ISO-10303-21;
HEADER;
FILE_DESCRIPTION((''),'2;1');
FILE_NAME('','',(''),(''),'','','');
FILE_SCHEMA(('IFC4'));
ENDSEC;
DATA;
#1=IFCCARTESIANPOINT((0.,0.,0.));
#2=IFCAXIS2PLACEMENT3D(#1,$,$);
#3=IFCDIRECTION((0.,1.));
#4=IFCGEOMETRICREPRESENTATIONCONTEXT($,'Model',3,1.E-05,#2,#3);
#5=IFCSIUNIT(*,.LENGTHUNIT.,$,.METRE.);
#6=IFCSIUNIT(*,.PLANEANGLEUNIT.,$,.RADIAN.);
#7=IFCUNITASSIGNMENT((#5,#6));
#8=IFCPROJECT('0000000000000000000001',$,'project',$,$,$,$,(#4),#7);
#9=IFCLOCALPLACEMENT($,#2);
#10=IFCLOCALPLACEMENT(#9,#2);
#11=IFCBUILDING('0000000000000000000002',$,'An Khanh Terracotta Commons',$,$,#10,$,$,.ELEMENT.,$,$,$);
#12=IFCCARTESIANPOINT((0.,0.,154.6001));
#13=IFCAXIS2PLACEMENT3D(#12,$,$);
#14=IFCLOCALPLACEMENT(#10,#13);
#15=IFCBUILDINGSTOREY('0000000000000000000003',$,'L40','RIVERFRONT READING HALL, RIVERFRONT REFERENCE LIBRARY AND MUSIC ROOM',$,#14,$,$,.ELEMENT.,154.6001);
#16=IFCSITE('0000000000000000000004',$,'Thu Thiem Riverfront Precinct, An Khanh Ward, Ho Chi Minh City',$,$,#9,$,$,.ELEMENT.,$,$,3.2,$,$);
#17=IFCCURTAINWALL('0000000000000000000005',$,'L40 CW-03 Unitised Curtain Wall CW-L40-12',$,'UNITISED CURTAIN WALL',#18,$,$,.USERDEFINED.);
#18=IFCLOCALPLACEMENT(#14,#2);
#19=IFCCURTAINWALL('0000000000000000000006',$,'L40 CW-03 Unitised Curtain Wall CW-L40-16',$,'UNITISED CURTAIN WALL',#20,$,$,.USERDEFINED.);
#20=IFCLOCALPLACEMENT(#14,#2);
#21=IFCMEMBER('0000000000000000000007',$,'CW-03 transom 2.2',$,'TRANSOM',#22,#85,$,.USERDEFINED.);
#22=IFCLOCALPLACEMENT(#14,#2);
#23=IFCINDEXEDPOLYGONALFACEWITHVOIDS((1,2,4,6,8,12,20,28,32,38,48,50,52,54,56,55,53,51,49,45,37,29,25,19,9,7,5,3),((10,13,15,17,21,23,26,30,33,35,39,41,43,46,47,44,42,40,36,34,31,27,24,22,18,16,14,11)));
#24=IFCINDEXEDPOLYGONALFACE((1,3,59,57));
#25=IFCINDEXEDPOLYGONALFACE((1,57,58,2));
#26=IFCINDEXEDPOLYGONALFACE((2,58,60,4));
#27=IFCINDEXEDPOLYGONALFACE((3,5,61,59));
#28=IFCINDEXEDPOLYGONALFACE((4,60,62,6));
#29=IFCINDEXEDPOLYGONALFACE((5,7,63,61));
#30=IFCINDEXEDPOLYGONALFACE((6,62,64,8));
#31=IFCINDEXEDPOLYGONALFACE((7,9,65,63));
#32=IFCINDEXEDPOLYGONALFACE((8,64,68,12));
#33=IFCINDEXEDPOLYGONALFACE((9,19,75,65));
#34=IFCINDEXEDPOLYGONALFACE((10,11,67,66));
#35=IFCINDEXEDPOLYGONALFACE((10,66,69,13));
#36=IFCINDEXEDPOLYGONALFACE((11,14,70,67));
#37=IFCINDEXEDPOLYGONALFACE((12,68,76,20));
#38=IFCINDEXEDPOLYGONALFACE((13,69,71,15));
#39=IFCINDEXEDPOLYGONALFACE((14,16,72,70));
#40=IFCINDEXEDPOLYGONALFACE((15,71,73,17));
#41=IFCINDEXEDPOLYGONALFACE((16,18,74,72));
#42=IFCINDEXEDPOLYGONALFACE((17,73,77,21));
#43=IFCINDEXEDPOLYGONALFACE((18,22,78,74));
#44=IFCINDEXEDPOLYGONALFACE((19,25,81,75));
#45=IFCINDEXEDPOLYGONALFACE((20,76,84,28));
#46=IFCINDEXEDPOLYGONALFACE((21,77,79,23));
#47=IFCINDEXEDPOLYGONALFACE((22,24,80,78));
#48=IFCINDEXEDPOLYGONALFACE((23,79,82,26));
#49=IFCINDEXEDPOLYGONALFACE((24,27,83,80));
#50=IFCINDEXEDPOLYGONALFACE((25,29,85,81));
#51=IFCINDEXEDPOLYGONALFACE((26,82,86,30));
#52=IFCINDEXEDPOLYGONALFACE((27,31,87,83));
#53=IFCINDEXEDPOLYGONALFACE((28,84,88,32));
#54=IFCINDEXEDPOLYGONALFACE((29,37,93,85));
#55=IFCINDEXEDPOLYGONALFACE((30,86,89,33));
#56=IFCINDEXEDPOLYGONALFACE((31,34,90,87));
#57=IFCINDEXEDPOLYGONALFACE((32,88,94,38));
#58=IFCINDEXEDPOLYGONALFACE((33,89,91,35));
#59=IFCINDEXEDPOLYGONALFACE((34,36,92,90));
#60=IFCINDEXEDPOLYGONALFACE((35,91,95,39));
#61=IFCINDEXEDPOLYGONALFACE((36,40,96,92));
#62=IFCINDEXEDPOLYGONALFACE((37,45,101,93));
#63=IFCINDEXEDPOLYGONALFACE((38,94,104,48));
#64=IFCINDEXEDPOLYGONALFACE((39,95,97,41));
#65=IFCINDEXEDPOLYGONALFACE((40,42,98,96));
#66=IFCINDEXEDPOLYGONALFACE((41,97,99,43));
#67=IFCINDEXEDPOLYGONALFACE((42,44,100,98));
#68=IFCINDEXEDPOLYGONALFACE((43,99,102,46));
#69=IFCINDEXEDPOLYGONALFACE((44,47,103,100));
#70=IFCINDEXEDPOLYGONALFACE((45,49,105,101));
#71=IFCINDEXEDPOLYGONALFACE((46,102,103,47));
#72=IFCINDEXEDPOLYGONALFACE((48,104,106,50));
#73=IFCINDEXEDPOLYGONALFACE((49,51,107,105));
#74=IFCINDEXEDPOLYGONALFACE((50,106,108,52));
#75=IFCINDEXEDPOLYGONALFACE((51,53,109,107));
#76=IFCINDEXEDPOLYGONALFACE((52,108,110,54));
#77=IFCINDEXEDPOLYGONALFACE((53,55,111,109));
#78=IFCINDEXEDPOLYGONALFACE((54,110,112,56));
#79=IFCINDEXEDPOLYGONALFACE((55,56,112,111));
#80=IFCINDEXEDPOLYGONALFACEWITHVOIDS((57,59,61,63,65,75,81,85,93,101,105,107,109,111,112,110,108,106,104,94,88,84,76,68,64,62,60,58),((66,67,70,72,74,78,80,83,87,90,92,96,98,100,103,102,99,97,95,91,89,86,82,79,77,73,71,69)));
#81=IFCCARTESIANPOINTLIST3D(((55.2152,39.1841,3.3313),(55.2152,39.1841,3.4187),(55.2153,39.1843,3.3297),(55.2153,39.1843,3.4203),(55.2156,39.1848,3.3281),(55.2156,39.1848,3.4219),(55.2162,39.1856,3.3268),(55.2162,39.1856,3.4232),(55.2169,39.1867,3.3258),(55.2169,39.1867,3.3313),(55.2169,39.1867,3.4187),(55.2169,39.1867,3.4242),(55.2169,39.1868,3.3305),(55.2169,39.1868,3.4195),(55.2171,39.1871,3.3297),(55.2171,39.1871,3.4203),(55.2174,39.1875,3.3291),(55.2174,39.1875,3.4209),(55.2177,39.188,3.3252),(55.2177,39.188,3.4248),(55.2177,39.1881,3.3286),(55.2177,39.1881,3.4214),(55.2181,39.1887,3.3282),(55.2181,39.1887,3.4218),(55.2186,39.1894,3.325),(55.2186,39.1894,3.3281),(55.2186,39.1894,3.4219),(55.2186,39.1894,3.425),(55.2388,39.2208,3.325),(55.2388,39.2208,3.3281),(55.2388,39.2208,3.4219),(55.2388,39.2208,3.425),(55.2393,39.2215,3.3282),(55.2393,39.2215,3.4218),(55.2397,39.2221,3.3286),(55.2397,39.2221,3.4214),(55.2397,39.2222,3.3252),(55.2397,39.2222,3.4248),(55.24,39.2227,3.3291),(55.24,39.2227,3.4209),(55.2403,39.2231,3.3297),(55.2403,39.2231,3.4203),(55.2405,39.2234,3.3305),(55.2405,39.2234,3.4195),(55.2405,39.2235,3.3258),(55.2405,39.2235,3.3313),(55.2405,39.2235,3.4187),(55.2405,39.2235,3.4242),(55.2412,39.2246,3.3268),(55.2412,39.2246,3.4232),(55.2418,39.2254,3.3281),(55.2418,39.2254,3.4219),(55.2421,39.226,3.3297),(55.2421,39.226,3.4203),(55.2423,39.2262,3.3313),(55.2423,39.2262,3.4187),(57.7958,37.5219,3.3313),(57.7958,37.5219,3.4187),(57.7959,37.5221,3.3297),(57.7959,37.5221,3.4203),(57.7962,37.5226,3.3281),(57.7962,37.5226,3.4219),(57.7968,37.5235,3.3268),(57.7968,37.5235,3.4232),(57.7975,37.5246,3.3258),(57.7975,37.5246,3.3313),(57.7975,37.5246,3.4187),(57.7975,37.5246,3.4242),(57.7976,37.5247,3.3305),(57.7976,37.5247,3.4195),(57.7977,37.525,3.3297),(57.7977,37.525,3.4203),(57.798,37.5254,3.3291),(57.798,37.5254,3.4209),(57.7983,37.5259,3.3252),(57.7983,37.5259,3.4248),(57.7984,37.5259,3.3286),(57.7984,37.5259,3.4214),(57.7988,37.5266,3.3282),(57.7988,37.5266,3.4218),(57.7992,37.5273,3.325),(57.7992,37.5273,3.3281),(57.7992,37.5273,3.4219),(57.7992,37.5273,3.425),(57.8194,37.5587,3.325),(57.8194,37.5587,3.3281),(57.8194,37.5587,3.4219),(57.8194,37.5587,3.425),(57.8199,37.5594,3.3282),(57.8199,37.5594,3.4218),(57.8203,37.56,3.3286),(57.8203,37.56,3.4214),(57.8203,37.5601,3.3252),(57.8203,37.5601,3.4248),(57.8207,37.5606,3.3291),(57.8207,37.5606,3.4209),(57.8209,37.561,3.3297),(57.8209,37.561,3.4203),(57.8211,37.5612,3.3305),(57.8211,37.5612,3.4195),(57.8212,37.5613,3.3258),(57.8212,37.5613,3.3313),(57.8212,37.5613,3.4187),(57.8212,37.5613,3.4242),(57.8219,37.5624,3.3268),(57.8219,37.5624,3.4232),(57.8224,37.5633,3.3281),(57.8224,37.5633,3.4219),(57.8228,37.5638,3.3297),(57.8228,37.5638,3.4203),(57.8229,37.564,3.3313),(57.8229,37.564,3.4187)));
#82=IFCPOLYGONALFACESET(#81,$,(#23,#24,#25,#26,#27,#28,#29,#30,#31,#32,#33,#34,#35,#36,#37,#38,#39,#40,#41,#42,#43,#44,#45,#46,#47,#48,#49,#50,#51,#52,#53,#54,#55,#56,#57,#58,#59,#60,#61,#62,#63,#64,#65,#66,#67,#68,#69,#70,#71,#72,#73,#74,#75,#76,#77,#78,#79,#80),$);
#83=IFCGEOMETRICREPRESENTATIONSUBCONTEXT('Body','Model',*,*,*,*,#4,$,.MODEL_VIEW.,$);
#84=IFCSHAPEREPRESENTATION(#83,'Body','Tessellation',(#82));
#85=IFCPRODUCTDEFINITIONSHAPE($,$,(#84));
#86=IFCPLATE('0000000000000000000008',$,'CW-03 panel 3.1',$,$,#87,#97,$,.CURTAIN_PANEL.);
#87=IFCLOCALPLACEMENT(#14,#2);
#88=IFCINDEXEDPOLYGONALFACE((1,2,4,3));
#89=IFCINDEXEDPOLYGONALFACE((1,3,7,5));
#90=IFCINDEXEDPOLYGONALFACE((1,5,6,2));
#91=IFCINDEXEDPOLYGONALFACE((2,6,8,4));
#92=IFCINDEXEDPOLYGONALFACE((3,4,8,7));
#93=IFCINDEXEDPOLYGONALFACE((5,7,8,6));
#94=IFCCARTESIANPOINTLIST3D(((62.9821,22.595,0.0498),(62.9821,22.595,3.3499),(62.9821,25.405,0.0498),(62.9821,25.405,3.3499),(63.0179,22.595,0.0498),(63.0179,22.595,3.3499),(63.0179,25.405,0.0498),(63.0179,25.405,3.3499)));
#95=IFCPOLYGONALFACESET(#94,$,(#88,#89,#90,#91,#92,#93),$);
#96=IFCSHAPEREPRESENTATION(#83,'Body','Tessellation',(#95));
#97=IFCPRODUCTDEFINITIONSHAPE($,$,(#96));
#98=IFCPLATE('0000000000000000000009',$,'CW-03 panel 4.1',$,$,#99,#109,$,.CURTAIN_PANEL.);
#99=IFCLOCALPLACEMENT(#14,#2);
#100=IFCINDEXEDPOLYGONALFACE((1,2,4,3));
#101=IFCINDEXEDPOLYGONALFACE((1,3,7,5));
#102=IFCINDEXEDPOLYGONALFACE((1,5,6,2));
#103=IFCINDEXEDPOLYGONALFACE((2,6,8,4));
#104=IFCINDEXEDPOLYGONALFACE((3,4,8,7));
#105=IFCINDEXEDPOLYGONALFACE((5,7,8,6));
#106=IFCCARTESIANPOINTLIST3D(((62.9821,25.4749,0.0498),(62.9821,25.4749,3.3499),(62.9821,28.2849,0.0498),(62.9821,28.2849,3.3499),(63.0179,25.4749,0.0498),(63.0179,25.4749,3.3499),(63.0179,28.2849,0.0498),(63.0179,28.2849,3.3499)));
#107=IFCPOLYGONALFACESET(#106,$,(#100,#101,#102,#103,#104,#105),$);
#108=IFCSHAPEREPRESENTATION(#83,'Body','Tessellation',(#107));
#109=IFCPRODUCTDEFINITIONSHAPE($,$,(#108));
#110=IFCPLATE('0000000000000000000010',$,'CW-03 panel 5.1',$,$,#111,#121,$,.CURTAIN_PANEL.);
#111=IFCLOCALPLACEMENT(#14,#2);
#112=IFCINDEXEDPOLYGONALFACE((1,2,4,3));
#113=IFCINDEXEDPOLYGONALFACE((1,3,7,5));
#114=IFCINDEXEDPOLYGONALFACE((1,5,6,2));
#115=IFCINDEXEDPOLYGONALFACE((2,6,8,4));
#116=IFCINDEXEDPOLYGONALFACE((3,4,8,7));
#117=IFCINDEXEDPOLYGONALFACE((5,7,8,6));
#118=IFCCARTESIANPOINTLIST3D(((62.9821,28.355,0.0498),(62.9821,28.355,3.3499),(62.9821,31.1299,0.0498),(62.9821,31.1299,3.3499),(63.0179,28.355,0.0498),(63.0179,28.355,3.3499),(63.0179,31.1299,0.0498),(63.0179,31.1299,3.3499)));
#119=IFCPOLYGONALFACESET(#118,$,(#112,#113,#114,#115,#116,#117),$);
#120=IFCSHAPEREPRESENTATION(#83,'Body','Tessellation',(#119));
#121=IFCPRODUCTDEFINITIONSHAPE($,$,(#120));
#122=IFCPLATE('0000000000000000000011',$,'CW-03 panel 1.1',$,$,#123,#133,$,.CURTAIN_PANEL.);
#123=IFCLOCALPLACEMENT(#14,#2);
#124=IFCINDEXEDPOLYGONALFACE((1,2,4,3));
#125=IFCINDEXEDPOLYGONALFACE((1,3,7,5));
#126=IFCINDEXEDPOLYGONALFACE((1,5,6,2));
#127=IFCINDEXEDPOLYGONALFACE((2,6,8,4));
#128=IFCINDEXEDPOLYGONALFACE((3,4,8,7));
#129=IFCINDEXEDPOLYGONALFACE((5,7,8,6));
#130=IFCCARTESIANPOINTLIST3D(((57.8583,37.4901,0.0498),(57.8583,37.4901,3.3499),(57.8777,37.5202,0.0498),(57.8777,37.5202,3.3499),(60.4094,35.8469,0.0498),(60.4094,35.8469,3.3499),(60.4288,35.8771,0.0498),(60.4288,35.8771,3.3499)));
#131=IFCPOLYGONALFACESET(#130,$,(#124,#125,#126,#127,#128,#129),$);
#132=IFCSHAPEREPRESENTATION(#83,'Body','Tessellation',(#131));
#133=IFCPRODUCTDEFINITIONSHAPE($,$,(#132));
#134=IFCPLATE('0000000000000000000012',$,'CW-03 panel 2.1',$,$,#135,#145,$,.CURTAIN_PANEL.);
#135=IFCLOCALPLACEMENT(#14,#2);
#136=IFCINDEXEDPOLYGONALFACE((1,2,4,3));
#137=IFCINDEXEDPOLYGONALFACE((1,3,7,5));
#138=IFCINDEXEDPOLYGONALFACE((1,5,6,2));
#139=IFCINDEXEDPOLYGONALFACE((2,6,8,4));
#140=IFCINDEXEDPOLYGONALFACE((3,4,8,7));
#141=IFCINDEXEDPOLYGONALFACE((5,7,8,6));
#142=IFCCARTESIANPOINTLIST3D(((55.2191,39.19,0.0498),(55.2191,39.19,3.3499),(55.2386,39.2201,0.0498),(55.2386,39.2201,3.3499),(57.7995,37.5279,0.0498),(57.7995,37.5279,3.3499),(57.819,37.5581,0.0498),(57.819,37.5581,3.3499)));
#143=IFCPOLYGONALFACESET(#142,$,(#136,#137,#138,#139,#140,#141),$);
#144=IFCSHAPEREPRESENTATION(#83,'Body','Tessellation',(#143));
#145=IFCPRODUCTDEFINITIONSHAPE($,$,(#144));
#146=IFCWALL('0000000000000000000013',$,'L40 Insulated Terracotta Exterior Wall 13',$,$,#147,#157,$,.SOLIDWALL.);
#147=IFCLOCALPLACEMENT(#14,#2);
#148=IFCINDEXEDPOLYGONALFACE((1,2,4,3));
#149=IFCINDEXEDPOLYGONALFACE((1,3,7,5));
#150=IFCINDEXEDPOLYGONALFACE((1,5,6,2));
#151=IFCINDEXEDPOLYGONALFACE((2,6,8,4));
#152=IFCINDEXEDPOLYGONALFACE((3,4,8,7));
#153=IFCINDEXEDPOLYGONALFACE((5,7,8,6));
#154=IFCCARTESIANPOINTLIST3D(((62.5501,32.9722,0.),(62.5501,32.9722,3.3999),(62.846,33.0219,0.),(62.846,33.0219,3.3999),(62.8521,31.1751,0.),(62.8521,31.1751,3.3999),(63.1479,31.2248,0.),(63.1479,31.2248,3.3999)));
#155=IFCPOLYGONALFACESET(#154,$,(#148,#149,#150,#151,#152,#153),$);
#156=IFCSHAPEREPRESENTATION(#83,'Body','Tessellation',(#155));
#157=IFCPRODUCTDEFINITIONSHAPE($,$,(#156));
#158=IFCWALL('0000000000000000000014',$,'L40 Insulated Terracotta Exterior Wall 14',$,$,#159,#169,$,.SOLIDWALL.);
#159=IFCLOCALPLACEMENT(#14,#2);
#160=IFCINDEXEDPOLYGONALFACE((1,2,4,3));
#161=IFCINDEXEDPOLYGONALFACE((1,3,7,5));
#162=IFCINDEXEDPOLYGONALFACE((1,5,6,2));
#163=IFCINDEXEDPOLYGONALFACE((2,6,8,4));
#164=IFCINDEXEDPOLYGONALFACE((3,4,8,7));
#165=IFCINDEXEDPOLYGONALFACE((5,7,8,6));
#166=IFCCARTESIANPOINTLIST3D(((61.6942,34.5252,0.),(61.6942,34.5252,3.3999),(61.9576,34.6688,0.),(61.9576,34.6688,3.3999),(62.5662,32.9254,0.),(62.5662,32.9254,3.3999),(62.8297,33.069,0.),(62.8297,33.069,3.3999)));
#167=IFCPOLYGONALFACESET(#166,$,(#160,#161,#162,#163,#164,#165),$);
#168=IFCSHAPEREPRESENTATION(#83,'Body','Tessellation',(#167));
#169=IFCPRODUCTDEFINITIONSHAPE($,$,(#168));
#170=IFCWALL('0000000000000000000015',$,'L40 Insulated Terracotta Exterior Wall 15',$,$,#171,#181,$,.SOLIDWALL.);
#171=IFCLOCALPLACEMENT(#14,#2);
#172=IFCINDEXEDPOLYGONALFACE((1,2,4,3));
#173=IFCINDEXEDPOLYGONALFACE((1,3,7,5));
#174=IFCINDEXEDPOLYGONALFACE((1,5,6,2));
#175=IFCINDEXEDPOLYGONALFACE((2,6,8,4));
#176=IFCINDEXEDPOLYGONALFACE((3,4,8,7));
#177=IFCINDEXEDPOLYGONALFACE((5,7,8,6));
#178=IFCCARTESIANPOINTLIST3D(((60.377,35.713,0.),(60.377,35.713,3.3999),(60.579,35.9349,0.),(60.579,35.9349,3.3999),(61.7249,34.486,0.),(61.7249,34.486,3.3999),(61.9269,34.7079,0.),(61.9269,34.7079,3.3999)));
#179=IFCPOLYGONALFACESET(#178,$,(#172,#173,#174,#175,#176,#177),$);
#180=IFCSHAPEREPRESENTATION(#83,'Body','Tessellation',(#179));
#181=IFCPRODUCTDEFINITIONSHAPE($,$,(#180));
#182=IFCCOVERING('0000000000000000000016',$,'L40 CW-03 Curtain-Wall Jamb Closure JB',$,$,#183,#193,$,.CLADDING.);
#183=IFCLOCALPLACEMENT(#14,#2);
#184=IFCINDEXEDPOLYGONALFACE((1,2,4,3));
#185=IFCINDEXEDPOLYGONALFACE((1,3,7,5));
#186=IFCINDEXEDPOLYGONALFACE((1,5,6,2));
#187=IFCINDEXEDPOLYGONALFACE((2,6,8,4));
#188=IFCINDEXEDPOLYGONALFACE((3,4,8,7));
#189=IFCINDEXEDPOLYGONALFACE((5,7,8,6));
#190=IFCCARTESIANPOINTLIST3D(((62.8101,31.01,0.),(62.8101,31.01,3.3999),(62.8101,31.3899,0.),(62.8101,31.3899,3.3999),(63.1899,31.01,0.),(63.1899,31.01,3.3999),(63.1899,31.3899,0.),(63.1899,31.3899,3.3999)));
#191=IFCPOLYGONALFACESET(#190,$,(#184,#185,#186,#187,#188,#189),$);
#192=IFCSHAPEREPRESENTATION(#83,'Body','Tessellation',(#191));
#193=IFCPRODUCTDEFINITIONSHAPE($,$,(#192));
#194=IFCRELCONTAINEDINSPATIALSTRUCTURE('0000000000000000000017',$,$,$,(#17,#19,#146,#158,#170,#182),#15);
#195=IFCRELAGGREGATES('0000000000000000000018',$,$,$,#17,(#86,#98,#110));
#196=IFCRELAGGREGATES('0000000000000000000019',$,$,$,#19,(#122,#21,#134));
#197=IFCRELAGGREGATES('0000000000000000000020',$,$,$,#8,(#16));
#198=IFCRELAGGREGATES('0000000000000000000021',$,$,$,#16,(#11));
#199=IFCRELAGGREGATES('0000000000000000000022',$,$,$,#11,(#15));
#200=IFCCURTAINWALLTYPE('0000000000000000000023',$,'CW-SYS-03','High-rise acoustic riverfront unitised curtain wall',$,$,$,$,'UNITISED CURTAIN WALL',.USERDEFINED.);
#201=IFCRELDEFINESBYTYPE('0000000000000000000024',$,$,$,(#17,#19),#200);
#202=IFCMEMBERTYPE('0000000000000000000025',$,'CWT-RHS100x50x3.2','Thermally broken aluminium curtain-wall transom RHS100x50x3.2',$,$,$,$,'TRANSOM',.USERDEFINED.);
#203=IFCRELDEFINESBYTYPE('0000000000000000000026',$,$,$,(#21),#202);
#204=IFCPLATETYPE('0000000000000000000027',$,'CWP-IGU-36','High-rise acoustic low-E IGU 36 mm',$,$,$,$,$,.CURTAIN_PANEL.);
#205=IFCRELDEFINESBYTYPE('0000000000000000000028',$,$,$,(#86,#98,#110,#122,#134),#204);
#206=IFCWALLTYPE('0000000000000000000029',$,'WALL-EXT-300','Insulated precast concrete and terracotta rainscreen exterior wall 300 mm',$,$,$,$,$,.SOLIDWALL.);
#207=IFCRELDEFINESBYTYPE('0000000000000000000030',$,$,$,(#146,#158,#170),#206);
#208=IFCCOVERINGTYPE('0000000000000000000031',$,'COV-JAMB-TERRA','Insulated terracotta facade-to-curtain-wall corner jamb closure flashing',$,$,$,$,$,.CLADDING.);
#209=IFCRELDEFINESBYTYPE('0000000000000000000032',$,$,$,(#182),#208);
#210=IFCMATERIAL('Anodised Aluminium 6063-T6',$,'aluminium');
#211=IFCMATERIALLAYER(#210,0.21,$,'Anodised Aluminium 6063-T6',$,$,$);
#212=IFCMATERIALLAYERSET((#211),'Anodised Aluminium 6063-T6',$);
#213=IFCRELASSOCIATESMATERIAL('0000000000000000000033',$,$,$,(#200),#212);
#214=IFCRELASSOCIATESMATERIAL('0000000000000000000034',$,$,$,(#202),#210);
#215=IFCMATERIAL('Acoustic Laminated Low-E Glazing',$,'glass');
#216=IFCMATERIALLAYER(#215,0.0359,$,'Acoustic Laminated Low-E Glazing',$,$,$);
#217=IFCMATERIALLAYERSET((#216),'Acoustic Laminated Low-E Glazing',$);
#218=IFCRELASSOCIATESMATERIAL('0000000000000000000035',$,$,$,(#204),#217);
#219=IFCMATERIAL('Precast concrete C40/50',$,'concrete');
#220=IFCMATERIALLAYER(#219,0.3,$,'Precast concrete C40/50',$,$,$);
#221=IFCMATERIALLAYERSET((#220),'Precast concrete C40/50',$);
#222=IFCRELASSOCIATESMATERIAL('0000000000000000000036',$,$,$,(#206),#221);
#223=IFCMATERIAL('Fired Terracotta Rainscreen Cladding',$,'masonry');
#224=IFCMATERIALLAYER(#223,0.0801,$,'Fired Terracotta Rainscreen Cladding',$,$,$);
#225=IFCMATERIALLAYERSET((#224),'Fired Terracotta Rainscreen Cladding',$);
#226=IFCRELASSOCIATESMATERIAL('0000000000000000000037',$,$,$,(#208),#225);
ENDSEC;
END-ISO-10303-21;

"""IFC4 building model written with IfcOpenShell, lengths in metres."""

from ifc_helpers import new_model, si_unit, direction, frame, frame_2d, origin, origin_2d, place, context, subcontext, project, spatial, rectangle, hollow_rectangle, extrude, material, layer, layer_set, material_profile, profile_set, type_object, element, aggregate, save


model = new_model("IFC4")

# Units and contexts
model_context = context("Model", 3, precision=1e-05, world=origin(), true_north=direction((0.0, 1.0)))
body_context = subcontext(model_context, "Body", "Model", "MODEL_VIEW")
ifc_project = project(units=[si_unit("LENGTHUNIT", "METRE"), si_unit("PLANEANGLEUNIT", "RADIAN")], contexts=[model_context])

# Site, building, storey
site_placement = place(None, origin())
site = spatial("IfcSite", under=ifc_project, at=site_placement, Name="Thu Thiem Riverfront Precinct, An Khanh Ward, Ho Chi Minh City", CompositionType="ELEMENT", RefElevation=3.2)
building_placement = place(site_placement, origin())
building = spatial("IfcBuilding", under=site, at=building_placement, Name="An Khanh Terracotta Commons", CompositionType="ELEMENT")
storey_placement = place(building_placement, frame((0.0, 0.0, 154.6001)))
storey = spatial("IfcBuildingStorey", under=building, at=storey_placement, Name="L40", Description="RIVERFRONT READING HALL, RIVERFRONT REFERENCE LIBRARY AND MUSIC ROOM", CompositionType="ELEMENT", Elevation=154.6001)

# Curtain walls
ifc_material_1 = material(Name="Anodised Aluminium 6063-T6", Category="aluminium")
ifc_layer_1 = layer(ifc_material_1, 0.21, Name="Anodised Aluminium 6063-T6")
ifc_layer_set_1 = layer_set([ifc_layer_1], Name="Anodised Aluminium 6063-T6")
curtain_wall_type = type_object("IfcCurtainWallType", Name="CW-SYS-03", Description="High-rise acoustic riverfront unitised curtain wall", ElementType="UNITISED CURTAIN WALL", PredefinedType="USERDEFINED", material=ifc_layer_set_1)
curtain_wall_1_placement = place(storey_placement, origin())
curtain_wall_1 = element("IfcCurtainWall", 1, at=curtain_wall_1_placement, inside=storey, type_object=curtain_wall_type, Name="L40 CW-03 Unitised Curtain Wall CW-L40-12", ObjectType="UNITISED CURTAIN WALL", PredefinedType="USERDEFINED")
curtain_wall_2_placement = place(storey_placement, origin())
curtain_wall_2 = element("IfcCurtainWall", 2, at=curtain_wall_2_placement, inside=storey, type_object=curtain_wall_type, Name="L40 CW-03 Unitised Curtain Wall CW-L40-16", ObjectType="UNITISED CURTAIN WALL", PredefinedType="USERDEFINED")

# Member
ifc_material_profile_1 = material_profile(ifc_material_1, hollow_rectangle(XDim=0.05, YDim=0.1001, WallThickness=0.0032, InnerFilletRadius=0.0032, OuterFilletRadius=0.0063, at=origin_2d()), Name="RHS100x50x3.2")
ifc_profile_set_1 = profile_set([ifc_material_profile_1], Name="Anodised Aluminium 6063-T6")
member_type_1 = type_object("IfcMemberType", Name="CWT-RHS100x50x3.2", Description="Thermally broken aluminium curtain-wall transom RHS100x50x3.2", ElementType="TRANSOM", PredefinedType="USERDEFINED", material=ifc_profile_set_1)
member_1_placement = place(storey_placement, frame((57.8093, 37.543, 3.375), z_axis=(-0.840708, 0.541489, 0.0), x_axis=(-0.541489, -0.840708, 0.0)))
member_1 = element("IfcMember", 3, at=member_1_placement, type_object=member_type_1, Name="CW-03 transom 2.2", ObjectType="TRANSOM", PredefinedType="USERDEFINED", context=body_context, shape_type="SweptSolid", body=[
    extrude(hollow_rectangle(XDim=0.05, YDim=0.1001, WallThickness=0.0032, InnerFilletRadius=0.0032, OuterFilletRadius=0.0063, at=origin_2d()), origin(), (0.0, 0.0, 1.0), 3.0696),
])

# Plates
ifc_material_2 = material(Name="Acoustic Laminated Low-E Glazing", Category="glass")
ifc_layer_2 = layer(ifc_material_2, 0.0359, Name="Acoustic Laminated Low-E Glazing")
ifc_layer_set_2 = layer_set([ifc_layer_2], Name="Acoustic Laminated Low-E Glazing")
plate_type = type_object("IfcPlateType", Name="CWP-IGU-36", Description="High-rise acoustic low-E IGU 36 mm", PredefinedType="CURTAIN_PANEL", material=ifc_layer_set_2)
plate_1_placement = place(storey_placement, frame((63.0, 24.0, 0.0498), z_axis=(0.0, 0.0, 1.0), x_axis=(0.0, 1.0, 0.0)))
plate_1 = element("IfcPlate", 4, at=plate_1_placement, type_object=plate_type, Name="CW-03 panel 3.1", PredefinedType="CURTAIN_PANEL", context=body_context, shape_type="SweptSolid", body=[
    extrude(rectangle(XDim=2.8101, YDim=0.0359, at=origin_2d()), origin(), (0.0, 0.0, 1.0), 3.3),
])
plate_2_placement = place(storey_placement, frame((63.0, 26.8799, 0.0498), z_axis=(0.0, 0.0, 1.0), x_axis=(0.0, 1.0, 0.0)))
plate_2 = element("IfcPlate", 5, at=plate_2_placement, type_object=plate_type, Name="CW-03 panel 4.1", PredefinedType="CURTAIN_PANEL", context=body_context, shape_type="SweptSolid", body=[
    extrude(rectangle(XDim=2.8101, YDim=0.0359, at=origin_2d()), origin(), (0.0, 0.0, 1.0), 3.3),
])
plate_3_placement = place(storey_placement, frame((63.0, 29.7424, 0.0498), z_axis=(0.0, 0.0, 1.0), x_axis=(0.0, 1.0, 0.0)))
plate_3 = element("IfcPlate", 6, at=plate_3_placement, type_object=plate_type, Name="CW-03 panel 5.1", PredefinedType="CURTAIN_PANEL", context=body_context, shape_type="SweptSolid", body=[
    extrude(rectangle(XDim=2.7749, YDim=0.0359, at=origin_2d()), origin(), (0.0, 0.0, 1.0), 3.3),
])
aggregate(curtain_wall_1, [plate_1, plate_2, plate_3])
plate_4_placement = place(storey_placement, frame((59.1436, 36.6836, 0.0498), z_axis=(0.0, 0.0, 1.0), x_axis=(-0.840702, 0.541498, 0.0)))
plate_4 = element("IfcPlate", 7, at=plate_4_placement, type_object=plate_type, Name="CW-03 panel 1.1", PredefinedType="CURTAIN_PANEL", context=body_context, shape_type="SweptSolid", body=[
    extrude(rectangle(XDim=3.0344, YDim=0.0359, at=origin_2d()), origin(), (0.0, 0.0, 1.0), 3.3),
])
plate_5_placement = place(storey_placement, frame((56.519, 38.374, 0.0498), z_axis=(0.0, 0.0, 1.0), x_axis=(-0.840702, 0.541498, 0.0)))
plate_5 = element("IfcPlate", 8, at=plate_5_placement, type_object=plate_type, Name="CW-03 panel 2.1", PredefinedType="CURTAIN_PANEL", context=body_context, shape_type="SweptSolid", body=[
    extrude(rectangle(XDim=3.0693, YDim=0.0359, at=origin_2d()), origin(), (0.0, 0.0, 1.0), 3.3),
])
aggregate(curtain_wall_2, [plate_4, member_1, plate_5])

# Walls
ifc_material_3 = material(Name="Precast concrete C40/50", Category="concrete")
ifc_layer_3 = layer(ifc_material_3, 0.3, Name="Precast concrete C40/50")
ifc_layer_set_3 = layer_set([ifc_layer_3], Name="Precast concrete C40/50")
wall_type = type_object("IfcWallType", Name="WALL-EXT-300", Description="Insulated precast concrete and terracotta rainscreen exterior wall 300 mm", PredefinedType="SOLIDWALL", material=ifc_layer_set_3)
wall_1_placement = place(storey_placement, frame((63.0, 31.2, 0.0), z_axis=(0.0, 0.0, 1.0), x_axis=(-0.165724, 0.986172, 0.0)))
element("IfcWall", 9, at=wall_1_placement, inside=storey, type_object=wall_type, Name="L40 Insulated Terracotta Exterior Wall 13", PredefinedType="SOLIDWALL", context=body_context, shape_type="SweptSolid", body=[
    extrude(rectangle(XDim=1.8223, YDim=0.3, at=frame_2d((0.9111, 0.0))), origin(), (0.0, 0.0, 1.0), 3.3999),
])
wall_2_placement = place(storey_placement, frame((62.698, 32.9971, 0.0), z_axis=(0.0, 0.0, 1.0), x_axis=(-0.478608, 0.878029, 0.0)))
element("IfcWall", 10, at=wall_2_placement, inside=storey, type_object=wall_type, Name="L40 Insulated Terracotta Exterior Wall 14", PredefinedType="SOLIDWALL", context=body_context, shape_type="SweptSolid", body=[
    extrude(rectangle(XDim=1.822, YDim=0.3, at=frame_2d((0.9111, 0.0))), origin(), (0.0, 0.0, 1.0), 3.3999),
])
wall_3_placement = place(storey_placement, frame((61.8259, 34.5969, 0.0), z_axis=(0.0, 0.0, 1.0), x_axis=(-0.739479, 0.673179, 0.0)))
element("IfcWall", 11, at=wall_3_placement, inside=storey, type_object=wall_type, Name="L40 Insulated Terracotta Exterior Wall 15", PredefinedType="SOLIDWALL", context=body_context, shape_type="SweptSolid", body=[
    extrude(rectangle(XDim=1.8228, YDim=0.3, at=frame_2d((0.9114, 0.0))), origin(), (0.0, 0.0, 1.0), 3.3999),
])

# Covering
ifc_material_4 = material(Name="Fired Terracotta Rainscreen Cladding", Category="masonry")
ifc_layer_4 = layer(ifc_material_4, 0.0801, Name="Fired Terracotta Rainscreen Cladding")
ifc_layer_set_4 = layer_set([ifc_layer_4], Name="Fired Terracotta Rainscreen Cladding")
covering_type = type_object("IfcCoveringType", Name="COV-JAMB-TERRA", Description="Insulated terracotta facade-to-curtain-wall corner jamb closure flashing", PredefinedType="CLADDING", material=ifc_layer_set_4)
for number, where, z_axis, x_axis, name in (
    (12, (63.0, 31.2, 0.0), (0.0, 0.0, 1.0), (1.0, 0.0, 0.0), "L40 CW-03 Curtain-Wall Jamb Closure JB"),
):
    element("IfcCovering", number, at=place(storey_placement, frame(where, z_axis=z_axis, x_axis=x_axis)), inside=storey, type_object=covering_type, Name=name, PredefinedType="CLADDING", context=body_context, shape_type="SweptSolid", body=[
        extrude(rectangle(XDim=0.3799, YDim=0.3799, at=origin_2d()), origin(), (0.0, 0.0, 1.0), 3.3999),
    ])

save(model, "model.ifc")
